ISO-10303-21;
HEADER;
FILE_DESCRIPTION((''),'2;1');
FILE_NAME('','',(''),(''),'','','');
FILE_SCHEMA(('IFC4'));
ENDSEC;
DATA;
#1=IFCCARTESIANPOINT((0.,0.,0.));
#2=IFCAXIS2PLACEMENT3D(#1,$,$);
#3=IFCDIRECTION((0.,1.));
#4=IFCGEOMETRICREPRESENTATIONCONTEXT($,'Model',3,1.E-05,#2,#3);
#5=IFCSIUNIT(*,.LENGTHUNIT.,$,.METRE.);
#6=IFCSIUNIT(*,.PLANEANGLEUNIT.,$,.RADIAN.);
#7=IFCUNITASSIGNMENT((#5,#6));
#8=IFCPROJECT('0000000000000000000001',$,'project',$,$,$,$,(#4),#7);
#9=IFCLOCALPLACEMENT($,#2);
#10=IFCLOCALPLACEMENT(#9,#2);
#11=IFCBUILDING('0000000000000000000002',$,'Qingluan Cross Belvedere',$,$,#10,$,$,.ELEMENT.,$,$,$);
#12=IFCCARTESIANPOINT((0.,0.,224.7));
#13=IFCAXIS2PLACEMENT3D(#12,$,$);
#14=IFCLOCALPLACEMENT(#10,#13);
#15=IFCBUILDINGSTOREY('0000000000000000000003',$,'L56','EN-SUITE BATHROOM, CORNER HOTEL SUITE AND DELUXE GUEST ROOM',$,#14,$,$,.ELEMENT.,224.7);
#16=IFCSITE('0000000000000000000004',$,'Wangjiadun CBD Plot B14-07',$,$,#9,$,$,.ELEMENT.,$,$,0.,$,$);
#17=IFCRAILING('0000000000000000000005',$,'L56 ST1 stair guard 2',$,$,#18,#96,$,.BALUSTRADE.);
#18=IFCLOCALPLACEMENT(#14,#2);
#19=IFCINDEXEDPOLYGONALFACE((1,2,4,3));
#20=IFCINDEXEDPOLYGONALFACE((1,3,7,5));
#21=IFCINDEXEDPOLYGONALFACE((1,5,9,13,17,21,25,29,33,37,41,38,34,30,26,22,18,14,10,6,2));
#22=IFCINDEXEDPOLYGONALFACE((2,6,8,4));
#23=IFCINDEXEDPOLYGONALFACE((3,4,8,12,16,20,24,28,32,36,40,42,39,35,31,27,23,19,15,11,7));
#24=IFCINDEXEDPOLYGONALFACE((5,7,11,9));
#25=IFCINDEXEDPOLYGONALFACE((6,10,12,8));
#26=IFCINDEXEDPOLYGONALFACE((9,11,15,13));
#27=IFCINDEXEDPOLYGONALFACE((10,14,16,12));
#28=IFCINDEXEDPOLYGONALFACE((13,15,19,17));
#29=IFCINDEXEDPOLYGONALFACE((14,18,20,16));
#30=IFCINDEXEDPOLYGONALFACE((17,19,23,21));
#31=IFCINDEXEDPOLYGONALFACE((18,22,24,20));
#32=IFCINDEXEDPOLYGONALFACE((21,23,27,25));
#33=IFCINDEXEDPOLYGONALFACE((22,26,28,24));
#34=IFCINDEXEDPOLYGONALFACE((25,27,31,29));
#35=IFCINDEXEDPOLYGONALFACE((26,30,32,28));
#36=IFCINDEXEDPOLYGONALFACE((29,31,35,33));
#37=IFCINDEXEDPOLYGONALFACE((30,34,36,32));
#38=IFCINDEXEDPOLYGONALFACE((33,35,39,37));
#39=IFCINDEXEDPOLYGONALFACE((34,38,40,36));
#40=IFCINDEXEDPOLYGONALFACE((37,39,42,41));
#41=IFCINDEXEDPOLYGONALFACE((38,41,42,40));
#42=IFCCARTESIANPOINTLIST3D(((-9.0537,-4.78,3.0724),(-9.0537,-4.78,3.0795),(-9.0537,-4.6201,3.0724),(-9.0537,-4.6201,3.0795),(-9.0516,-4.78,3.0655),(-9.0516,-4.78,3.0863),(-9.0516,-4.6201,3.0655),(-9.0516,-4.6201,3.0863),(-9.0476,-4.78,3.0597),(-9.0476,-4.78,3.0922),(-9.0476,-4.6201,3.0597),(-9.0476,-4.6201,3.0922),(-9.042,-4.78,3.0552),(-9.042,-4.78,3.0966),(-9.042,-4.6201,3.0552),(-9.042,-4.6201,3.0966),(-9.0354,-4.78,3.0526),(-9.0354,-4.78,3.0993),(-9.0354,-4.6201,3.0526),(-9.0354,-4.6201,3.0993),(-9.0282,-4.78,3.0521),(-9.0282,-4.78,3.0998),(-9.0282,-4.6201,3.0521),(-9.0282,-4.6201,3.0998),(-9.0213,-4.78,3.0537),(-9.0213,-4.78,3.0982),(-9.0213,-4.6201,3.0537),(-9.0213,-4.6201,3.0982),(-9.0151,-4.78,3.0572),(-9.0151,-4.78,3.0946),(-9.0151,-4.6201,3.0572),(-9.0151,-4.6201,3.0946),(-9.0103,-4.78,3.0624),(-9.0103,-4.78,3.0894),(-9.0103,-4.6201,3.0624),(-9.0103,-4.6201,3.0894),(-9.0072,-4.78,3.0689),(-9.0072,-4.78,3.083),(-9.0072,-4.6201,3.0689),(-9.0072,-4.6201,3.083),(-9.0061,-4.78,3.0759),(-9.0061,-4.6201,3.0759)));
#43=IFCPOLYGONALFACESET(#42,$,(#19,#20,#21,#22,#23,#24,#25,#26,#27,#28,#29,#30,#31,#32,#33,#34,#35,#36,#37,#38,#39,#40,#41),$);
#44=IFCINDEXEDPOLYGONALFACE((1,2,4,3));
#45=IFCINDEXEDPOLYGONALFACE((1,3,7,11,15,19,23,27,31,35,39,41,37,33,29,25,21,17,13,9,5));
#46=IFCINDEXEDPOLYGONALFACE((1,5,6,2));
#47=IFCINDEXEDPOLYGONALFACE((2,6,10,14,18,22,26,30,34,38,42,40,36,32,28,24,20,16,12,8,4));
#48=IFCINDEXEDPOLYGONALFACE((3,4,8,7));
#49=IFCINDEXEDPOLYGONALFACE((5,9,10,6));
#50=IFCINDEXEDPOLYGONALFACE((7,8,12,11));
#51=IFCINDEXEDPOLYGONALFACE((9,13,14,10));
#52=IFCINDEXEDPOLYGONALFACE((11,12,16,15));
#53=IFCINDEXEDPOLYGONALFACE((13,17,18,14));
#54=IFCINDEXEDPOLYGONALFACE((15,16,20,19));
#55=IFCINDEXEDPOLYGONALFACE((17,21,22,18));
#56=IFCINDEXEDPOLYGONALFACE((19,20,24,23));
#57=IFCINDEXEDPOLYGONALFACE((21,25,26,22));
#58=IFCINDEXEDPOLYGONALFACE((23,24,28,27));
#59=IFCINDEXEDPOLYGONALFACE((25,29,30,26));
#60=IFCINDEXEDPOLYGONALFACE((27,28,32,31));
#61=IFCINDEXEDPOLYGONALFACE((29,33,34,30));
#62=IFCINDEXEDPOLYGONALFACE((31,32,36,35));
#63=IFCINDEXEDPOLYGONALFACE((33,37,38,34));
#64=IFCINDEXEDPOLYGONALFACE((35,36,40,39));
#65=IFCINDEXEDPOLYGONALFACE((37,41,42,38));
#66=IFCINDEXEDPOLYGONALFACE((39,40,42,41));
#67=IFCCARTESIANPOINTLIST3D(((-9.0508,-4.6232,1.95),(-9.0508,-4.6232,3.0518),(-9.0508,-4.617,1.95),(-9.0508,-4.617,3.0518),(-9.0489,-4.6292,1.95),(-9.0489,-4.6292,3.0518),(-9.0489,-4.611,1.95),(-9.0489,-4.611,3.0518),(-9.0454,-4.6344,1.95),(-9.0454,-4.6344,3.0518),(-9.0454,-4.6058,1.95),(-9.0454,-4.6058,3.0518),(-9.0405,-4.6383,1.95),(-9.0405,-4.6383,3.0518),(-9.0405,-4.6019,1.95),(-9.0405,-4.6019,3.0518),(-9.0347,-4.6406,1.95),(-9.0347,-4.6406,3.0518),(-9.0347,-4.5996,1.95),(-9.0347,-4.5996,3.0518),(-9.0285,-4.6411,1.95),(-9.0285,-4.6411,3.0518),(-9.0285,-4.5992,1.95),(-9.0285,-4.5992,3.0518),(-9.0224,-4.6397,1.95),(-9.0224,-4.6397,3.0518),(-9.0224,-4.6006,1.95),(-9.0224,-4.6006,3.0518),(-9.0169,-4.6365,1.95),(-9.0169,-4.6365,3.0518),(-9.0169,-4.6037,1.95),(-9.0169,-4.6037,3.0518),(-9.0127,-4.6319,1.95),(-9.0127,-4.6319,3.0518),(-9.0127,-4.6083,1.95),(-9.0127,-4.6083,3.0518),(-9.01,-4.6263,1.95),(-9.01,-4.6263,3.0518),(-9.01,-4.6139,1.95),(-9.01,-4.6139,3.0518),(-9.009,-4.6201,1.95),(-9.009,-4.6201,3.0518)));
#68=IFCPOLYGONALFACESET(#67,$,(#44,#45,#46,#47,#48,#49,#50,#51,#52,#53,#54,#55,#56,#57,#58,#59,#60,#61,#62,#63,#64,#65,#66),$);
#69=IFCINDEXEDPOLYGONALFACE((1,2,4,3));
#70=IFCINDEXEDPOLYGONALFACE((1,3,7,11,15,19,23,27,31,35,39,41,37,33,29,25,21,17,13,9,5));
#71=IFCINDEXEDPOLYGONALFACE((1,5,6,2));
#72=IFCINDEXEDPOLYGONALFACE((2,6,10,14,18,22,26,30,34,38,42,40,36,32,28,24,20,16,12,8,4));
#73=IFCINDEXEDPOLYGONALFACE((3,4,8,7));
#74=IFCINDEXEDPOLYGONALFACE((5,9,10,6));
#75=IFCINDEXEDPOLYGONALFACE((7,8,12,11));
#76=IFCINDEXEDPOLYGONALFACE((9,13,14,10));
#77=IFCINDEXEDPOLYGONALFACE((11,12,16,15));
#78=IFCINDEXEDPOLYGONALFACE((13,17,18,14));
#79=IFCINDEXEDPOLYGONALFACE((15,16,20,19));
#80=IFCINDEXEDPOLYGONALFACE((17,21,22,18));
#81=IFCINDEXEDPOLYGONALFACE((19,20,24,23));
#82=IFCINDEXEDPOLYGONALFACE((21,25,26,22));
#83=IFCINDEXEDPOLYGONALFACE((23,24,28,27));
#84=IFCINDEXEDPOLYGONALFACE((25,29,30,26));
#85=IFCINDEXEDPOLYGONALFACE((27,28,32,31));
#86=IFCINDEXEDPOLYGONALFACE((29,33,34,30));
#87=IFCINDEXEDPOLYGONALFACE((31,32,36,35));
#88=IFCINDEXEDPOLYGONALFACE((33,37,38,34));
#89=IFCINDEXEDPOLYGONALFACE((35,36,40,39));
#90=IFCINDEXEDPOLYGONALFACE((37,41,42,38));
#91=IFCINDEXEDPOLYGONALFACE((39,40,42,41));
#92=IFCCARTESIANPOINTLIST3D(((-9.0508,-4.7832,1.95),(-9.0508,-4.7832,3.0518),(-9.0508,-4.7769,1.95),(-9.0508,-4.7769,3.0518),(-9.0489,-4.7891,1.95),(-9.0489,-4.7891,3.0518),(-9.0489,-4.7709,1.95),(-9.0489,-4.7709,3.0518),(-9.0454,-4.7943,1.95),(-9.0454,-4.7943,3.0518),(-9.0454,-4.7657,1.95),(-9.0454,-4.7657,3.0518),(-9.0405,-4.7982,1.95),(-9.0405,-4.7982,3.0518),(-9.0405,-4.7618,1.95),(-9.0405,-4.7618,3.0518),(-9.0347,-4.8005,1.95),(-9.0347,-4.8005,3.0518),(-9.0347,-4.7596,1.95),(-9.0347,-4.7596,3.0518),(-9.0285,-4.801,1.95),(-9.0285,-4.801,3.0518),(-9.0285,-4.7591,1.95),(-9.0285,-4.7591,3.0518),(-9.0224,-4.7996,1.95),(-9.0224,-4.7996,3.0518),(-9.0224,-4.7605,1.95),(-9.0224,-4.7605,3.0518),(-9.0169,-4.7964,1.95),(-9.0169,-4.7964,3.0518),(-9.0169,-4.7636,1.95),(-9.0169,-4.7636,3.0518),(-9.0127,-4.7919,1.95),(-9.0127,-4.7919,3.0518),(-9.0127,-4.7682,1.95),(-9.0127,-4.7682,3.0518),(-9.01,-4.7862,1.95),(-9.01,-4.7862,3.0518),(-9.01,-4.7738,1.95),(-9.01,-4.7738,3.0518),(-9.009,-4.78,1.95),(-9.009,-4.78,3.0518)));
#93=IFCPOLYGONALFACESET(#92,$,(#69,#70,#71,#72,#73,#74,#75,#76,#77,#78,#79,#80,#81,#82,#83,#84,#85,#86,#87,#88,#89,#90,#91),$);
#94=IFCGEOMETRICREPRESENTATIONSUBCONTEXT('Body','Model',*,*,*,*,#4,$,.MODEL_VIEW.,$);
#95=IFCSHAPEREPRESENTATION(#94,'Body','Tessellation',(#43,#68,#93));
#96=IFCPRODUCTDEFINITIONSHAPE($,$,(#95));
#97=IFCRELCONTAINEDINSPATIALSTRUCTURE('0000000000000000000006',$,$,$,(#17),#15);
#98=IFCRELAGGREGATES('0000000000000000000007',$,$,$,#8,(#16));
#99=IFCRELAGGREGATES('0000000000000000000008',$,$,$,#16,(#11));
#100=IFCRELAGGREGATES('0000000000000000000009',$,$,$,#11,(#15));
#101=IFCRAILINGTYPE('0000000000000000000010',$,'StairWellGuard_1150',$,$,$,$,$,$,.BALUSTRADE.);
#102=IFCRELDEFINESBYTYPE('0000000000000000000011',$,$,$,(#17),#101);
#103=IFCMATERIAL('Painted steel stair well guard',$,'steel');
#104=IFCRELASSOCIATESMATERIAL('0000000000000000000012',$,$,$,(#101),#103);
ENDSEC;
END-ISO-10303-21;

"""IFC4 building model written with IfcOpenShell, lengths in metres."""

from ifc_helpers import new_model, si_unit, direction, frame, origin, origin_2d, place, context, subcontext, project, spatial, circle, extrude, material, type_object, element, save


model = new_model("IFC4")

# Units and contexts
model_context = context("Model", 3, precision=1e-05, world=origin(), true_north=direction((0.0, 1.0)))
body_context = subcontext(model_context, "Body", "Model", "MODEL_VIEW")
ifc_project = project(units=[si_unit("LENGTHUNIT", "METRE"), si_unit("PLANEANGLEUNIT", "RADIAN")], contexts=[model_context])

# Site, building, storey
site_placement = place(None, origin())
site = spatial("IfcSite", under=ifc_project, at=site_placement, Name="Wangjiadun CBD Plot B14-07", CompositionType="ELEMENT", RefElevation=0.0)
building_placement = place(site_placement, origin())
building = spatial("IfcBuilding", under=site, at=building_placement, Name="Qingluan Cross Belvedere", CompositionType="ELEMENT")
storey_placement = place(building_placement, frame((0.0, 0.0, 224.7)))
storey = spatial("IfcBuildingStorey", under=building, at=storey_placement, Name="L56", Description="EN-SUITE BATHROOM, CORNER HOTEL SUITE AND DELUXE GUEST ROOM", CompositionType="ELEMENT", Elevation=224.7)

# Railing
ifc_material_1 = material(Name="Painted steel stair well guard", Category="steel")
railing_type_1 = type_object("IfcRailingType", Name="StairWellGuard_1150", PredefinedType="BALUSTRADE", material=ifc_material_1)
railing_1_placement = place(storey_placement, frame((-9.03, -4.6201, 1.95)))
element("IfcRailing", 1, at=railing_1_placement, inside=storey, type_object=railing_type_1, Name="L56 ST1 stair guard 2", PredefinedType="BALUSTRADE", context=body_context, shape_type="SweptSolid", body=[
    extrude(circle(Radius=0.0239, at=origin_2d()), frame((0.0, 0.0, 1.126), z_axis=(0.0, -1.0, 0.0), x_axis=(1.0, 0.0, 0.0)), (0.0, 0.0, 1.0), 0.1599),
    extrude(circle(Radius=0.021, at=origin_2d()), origin(), (0.0, 0.0, 1.0), 1.1018),
    extrude(circle(Radius=0.021, at=origin_2d()), frame((0.0, -0.1599, 0.0)), (0.0, 0.0, 1.0), 1.1018),
])

save(model, "model.ifc")
